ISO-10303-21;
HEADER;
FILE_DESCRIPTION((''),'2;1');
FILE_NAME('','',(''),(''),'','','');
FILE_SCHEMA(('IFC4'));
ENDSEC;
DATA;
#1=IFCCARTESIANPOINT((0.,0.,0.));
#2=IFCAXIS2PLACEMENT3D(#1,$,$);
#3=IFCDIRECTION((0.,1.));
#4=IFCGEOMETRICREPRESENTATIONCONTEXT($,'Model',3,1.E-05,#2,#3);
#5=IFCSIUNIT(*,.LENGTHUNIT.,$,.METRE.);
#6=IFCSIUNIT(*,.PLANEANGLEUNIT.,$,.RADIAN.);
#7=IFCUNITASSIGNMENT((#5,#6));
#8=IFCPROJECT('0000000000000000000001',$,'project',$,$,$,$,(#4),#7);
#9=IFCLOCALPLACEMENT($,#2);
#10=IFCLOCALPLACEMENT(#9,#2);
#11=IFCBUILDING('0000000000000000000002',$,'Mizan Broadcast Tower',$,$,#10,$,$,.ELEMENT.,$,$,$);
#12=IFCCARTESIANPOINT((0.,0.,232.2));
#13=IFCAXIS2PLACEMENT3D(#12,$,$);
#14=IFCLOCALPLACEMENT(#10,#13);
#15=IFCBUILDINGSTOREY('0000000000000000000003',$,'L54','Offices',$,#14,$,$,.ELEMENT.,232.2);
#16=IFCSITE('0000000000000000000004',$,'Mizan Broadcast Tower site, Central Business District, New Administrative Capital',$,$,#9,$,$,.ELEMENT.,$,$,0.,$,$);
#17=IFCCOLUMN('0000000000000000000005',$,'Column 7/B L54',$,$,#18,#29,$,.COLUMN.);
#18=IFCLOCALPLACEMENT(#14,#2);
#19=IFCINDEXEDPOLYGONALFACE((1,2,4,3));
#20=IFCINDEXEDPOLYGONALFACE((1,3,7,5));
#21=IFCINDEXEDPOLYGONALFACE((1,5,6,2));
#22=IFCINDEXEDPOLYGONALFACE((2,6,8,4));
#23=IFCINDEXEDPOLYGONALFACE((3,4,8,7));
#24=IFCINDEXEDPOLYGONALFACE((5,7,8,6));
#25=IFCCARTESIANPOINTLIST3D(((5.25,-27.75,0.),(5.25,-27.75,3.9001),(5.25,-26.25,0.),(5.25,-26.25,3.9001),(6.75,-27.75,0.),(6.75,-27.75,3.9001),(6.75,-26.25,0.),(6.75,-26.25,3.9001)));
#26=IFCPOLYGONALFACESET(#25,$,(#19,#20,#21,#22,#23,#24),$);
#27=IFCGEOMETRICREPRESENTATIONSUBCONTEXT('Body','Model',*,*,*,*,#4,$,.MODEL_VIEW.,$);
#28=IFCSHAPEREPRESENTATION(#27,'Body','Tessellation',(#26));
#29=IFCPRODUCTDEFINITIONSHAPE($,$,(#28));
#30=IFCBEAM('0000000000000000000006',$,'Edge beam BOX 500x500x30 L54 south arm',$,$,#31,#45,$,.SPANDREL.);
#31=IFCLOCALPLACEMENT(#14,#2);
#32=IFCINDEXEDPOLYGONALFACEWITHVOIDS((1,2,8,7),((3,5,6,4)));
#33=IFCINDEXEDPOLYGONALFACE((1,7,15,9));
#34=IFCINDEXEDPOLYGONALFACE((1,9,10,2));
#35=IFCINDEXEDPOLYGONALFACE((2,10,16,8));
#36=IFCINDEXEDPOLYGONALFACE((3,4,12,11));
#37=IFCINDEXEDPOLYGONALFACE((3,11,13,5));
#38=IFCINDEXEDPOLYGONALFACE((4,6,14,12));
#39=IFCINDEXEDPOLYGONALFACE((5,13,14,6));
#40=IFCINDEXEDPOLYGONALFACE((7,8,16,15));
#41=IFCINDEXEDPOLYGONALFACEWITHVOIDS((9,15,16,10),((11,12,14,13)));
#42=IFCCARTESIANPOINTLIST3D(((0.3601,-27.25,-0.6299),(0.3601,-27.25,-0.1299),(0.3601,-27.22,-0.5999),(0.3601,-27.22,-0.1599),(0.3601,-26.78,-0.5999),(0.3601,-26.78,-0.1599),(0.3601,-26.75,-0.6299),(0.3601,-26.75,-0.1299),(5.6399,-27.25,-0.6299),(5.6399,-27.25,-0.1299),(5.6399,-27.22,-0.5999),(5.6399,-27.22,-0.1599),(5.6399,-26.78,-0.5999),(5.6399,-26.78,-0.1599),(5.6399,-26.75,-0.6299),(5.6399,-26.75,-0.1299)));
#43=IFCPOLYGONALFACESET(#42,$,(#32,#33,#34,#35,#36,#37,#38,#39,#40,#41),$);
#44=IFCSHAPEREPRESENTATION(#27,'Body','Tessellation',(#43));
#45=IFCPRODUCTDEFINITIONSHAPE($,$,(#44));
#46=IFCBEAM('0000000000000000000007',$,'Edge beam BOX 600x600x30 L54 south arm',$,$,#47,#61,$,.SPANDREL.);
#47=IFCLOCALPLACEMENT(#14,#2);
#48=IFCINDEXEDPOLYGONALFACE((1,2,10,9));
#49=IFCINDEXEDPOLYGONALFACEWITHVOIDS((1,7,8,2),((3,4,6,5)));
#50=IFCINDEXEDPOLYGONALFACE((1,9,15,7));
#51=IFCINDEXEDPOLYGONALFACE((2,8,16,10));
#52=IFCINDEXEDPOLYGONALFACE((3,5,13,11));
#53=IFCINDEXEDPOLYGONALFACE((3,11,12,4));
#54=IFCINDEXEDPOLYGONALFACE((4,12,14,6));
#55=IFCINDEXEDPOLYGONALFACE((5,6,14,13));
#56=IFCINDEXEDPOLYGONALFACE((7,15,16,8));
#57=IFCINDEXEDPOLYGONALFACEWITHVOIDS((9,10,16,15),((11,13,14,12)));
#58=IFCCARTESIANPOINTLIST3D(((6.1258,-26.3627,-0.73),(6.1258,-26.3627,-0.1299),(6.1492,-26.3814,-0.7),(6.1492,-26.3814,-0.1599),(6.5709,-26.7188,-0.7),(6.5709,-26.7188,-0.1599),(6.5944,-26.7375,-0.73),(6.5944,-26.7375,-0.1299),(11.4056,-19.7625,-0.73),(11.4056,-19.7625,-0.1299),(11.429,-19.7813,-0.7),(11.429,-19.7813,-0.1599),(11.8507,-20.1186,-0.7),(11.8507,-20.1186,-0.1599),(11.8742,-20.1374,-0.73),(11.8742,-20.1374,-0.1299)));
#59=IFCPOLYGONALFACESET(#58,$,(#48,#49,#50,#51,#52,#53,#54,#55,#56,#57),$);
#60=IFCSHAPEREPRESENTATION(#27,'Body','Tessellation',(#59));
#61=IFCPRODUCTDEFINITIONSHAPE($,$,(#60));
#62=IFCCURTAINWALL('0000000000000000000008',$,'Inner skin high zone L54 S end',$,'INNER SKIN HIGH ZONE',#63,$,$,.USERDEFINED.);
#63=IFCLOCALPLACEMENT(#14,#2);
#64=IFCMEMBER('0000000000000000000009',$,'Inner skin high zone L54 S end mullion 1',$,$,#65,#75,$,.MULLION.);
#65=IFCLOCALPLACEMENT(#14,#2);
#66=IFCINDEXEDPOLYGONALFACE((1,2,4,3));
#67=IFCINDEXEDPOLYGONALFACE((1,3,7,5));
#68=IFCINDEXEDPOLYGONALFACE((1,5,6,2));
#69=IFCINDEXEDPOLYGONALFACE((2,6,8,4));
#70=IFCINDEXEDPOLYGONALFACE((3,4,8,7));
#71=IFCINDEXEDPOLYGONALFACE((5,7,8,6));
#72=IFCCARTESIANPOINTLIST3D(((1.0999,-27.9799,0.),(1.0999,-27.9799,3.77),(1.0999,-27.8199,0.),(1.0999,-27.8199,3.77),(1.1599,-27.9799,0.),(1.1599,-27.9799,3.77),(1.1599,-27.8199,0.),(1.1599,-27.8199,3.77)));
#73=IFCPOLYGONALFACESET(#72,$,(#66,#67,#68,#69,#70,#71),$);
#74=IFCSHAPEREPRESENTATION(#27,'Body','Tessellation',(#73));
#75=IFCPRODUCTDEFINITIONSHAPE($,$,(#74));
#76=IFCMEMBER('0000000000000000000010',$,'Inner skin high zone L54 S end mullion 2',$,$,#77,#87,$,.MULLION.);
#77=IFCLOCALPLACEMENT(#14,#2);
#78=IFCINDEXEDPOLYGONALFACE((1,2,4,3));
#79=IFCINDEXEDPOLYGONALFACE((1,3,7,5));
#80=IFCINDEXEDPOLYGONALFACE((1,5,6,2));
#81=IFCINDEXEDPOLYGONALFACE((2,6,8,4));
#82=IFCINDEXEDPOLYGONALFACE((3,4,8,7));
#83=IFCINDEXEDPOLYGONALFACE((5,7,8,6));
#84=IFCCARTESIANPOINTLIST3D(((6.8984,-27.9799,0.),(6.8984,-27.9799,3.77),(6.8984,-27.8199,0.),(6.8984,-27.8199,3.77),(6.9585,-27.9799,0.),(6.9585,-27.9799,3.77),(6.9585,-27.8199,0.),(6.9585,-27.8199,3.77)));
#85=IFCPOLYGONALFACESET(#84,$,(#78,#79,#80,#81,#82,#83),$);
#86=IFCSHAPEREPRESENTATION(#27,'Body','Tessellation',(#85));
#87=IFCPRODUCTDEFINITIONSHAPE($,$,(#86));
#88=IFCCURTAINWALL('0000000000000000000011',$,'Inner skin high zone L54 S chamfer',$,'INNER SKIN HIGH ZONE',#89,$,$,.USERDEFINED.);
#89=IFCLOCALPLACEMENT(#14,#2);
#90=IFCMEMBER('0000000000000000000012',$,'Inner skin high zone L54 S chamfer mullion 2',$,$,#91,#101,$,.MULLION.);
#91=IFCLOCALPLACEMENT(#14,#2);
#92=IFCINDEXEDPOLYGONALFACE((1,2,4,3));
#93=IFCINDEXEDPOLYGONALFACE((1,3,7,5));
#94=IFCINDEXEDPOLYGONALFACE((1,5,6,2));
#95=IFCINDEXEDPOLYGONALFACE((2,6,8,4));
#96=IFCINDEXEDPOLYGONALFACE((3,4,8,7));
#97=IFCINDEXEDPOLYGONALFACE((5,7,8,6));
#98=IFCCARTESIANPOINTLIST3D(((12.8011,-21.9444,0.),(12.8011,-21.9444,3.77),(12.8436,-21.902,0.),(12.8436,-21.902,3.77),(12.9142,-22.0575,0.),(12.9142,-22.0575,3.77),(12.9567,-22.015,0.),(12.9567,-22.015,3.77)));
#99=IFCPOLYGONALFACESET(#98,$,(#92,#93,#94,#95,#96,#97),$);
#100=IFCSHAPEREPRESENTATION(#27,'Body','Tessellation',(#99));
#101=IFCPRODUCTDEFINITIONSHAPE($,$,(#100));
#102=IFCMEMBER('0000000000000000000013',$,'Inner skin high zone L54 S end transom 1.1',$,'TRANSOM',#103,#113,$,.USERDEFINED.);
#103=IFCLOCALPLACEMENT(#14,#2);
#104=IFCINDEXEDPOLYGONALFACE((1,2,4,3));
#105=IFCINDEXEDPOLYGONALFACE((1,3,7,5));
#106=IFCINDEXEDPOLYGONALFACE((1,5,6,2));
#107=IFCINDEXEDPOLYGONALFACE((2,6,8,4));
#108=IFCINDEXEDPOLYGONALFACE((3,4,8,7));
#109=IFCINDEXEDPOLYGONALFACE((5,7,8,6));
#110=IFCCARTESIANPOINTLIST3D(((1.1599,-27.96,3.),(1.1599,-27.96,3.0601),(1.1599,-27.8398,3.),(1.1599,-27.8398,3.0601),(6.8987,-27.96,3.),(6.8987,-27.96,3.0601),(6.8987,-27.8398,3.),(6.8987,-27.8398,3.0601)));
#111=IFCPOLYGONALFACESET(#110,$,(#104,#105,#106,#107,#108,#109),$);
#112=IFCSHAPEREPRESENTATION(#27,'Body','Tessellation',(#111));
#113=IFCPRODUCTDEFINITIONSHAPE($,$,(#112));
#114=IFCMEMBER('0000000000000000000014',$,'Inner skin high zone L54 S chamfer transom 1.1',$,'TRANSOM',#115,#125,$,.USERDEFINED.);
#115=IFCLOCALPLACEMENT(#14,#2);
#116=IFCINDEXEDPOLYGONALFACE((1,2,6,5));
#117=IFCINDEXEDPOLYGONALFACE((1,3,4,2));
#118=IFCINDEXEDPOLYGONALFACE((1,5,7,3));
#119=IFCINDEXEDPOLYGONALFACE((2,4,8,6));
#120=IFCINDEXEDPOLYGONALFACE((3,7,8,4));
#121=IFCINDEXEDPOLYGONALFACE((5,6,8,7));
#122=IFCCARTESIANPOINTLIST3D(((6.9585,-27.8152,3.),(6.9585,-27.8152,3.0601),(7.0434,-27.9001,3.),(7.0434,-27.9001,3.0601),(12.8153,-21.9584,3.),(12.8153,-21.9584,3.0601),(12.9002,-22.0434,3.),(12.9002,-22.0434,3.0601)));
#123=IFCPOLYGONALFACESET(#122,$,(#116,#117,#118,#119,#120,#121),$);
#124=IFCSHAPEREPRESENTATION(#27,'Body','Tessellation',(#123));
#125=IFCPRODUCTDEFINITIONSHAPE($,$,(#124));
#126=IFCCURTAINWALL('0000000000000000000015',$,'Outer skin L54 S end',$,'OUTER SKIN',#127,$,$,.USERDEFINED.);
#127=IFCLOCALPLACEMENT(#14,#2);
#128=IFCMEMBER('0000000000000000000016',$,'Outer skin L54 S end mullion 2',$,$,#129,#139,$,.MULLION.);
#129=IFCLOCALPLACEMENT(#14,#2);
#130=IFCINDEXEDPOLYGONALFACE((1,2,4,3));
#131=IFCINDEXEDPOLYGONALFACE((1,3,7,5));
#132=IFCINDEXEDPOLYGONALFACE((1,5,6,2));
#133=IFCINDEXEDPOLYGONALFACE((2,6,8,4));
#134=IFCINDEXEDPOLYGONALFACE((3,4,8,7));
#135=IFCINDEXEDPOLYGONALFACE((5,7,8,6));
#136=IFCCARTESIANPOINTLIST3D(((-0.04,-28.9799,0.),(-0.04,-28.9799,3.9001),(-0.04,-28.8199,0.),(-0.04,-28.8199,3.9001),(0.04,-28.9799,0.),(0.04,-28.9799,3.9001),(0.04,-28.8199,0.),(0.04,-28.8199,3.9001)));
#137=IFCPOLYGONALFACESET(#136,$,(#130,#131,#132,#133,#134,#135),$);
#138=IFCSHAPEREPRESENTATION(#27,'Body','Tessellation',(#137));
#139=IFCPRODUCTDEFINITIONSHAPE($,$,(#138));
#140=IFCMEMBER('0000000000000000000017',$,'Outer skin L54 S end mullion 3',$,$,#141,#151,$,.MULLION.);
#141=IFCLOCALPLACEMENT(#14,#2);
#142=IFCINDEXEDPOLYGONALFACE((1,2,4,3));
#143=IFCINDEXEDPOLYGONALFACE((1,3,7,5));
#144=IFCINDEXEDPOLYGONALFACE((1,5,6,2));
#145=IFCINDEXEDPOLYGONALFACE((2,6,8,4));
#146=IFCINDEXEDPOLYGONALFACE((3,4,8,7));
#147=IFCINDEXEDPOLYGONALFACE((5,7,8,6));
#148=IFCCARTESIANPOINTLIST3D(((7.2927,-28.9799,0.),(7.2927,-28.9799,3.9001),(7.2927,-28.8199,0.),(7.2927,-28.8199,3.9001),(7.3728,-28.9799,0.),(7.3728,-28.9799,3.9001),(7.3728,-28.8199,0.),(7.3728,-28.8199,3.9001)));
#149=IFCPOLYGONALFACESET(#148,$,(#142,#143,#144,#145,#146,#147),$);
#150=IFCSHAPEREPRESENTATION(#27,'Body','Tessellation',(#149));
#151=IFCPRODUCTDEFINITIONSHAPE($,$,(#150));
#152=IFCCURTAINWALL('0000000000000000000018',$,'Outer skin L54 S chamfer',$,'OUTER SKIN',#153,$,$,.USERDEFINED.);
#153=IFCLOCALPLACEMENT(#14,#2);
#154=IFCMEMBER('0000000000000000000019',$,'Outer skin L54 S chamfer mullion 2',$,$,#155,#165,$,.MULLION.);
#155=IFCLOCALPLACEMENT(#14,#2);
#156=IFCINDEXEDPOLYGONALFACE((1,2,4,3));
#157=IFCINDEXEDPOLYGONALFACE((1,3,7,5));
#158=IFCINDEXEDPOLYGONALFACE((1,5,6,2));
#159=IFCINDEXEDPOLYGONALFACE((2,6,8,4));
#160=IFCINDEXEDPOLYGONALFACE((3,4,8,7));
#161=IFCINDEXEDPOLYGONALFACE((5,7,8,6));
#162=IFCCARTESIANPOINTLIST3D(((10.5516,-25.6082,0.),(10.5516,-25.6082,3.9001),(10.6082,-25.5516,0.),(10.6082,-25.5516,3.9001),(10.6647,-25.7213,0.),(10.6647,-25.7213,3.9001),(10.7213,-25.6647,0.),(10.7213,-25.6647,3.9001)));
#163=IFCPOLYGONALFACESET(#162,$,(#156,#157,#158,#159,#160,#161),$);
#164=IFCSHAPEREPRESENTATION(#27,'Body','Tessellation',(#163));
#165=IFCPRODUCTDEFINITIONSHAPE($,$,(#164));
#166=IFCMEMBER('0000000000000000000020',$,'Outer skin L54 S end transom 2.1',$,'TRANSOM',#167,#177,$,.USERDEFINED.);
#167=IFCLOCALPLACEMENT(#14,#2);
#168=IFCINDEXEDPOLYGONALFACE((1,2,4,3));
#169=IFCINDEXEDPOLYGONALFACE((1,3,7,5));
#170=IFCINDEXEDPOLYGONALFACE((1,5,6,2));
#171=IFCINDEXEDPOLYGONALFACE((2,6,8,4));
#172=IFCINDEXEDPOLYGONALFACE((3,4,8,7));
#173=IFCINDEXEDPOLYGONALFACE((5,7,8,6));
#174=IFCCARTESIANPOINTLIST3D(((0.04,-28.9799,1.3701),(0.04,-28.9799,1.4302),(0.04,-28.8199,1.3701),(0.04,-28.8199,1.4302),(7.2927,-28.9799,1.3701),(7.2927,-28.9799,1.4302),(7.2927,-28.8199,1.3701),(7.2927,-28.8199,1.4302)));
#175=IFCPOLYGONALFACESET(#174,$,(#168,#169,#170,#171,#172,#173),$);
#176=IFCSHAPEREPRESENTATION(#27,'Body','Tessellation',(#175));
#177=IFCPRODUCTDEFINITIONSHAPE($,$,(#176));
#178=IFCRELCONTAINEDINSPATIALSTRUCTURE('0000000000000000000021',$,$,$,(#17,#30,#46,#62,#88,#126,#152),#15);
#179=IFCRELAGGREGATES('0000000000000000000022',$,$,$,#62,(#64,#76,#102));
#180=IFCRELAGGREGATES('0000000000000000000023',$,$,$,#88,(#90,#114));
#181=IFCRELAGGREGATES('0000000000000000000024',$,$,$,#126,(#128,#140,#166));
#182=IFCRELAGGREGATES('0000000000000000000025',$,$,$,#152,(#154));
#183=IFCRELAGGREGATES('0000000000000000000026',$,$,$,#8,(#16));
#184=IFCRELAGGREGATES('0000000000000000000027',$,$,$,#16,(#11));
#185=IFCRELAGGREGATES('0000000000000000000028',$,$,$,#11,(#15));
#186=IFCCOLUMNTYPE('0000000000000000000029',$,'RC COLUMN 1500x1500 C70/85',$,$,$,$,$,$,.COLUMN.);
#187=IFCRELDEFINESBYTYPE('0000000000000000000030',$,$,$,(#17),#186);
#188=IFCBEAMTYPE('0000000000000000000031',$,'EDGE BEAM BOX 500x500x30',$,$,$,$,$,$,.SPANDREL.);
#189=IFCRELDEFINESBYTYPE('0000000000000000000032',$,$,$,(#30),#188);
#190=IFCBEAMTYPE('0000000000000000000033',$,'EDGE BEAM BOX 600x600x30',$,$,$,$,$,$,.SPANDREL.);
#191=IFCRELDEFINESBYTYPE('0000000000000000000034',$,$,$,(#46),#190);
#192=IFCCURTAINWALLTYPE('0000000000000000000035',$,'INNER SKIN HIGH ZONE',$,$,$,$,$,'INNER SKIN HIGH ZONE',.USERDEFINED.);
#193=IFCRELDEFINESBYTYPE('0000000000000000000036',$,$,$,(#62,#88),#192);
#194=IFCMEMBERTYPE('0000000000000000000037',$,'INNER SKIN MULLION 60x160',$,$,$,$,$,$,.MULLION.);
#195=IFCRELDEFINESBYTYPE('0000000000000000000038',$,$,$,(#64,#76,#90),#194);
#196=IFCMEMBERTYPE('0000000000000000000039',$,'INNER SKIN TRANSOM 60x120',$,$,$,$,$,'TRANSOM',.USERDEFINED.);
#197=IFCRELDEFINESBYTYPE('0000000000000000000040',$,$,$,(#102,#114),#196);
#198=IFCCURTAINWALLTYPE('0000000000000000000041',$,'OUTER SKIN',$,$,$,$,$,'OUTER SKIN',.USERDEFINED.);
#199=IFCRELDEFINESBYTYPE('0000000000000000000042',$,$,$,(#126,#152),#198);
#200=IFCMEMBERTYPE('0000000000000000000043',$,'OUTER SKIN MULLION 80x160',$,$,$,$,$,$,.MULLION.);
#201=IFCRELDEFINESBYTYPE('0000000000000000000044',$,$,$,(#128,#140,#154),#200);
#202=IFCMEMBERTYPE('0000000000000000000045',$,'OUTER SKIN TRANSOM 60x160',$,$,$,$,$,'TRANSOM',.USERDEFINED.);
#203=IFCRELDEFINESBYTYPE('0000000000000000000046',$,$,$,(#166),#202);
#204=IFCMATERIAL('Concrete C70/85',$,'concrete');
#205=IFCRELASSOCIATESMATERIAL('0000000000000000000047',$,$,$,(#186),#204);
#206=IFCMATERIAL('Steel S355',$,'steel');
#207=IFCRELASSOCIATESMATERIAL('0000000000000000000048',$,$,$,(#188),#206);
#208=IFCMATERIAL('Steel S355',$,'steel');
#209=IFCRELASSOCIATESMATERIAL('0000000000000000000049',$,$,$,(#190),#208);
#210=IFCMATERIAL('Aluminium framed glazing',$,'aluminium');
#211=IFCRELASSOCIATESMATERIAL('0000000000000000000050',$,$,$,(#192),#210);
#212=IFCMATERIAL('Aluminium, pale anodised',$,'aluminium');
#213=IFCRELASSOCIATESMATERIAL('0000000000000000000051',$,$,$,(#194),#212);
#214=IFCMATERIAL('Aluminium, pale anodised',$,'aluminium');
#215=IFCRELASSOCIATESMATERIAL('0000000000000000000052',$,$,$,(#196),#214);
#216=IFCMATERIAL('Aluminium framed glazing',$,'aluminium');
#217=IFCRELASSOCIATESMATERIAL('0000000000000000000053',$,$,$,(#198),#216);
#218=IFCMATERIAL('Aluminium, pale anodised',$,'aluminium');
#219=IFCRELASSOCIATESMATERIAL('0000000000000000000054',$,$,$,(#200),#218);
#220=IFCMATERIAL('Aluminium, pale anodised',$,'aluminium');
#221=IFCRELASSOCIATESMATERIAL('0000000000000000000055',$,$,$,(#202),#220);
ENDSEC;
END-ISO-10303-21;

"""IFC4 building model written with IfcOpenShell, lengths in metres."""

from ifc_helpers import new_model, si_unit, direction, frame, origin, origin_2d, place, context, subcontext, project, spatial, rectangle, hollow_rectangle, extrude, material, material_profile, profile_set, type_object, element, aggregate, save


model = new_model("IFC4")

# Units and contexts
model_context = context("Model", 3, precision=1e-05, world=origin(), true_north=direction((0.0, 1.0)))
body_context = subcontext(model_context, "Body", "Model", "MODEL_VIEW")
ifc_project = project(units=[si_unit("LENGTHUNIT", "METRE"), si_unit("PLANEANGLEUNIT", "RADIAN")], contexts=[model_context])

# Site, building, storey
site_placement = place(None, origin())
site = spatial("IfcSite", under=ifc_project, at=site_placement, Name="Mizan Broadcast Tower site, Central Business District, New Administrative Capital", CompositionType="ELEMENT", RefElevation=0.0)
building_placement = place(site_placement, origin())
building = spatial("IfcBuilding", under=site, at=building_placement, Name="Mizan Broadcast Tower", CompositionType="ELEMENT")
storey_placement = place(building_placement, frame((0.0, 0.0, 232.2)))
storey = spatial("IfcBuildingStorey", under=building, at=storey_placement, Name="L54", Description="Offices", CompositionType="ELEMENT", Elevation=232.2)

# Column
ifc_material_1 = material(Name="Concrete C70/85", Category="concrete")
ifc_material_profile_1 = material_profile(ifc_material_1, rectangle(XDim=1.5, YDim=1.5, at=origin_2d()), Name="RC 1500x1500")
ifc_profile_set_1 = profile_set([ifc_material_profile_1], Name="Concrete C70/85")
column_type = type_object("IfcColumnType", Name="RC COLUMN 1500x1500 C70/85", PredefinedType="COLUMN", material=ifc_profile_set_1)
column_placement = place(storey_placement, frame((6.0, -27.0, 0.0), z_axis=(0.0, 0.0, 1.0), x_axis=(1.0, 0.0, 0.0)))
element("IfcColumn", 1, at=column_placement, inside=storey, type_object=column_type, Name="Column 7/B L54", PredefinedType="COLUMN", context=body_context, shape_type="SweptSolid", body=[
    extrude(rectangle(XDim=1.5, YDim=1.5, at=origin_2d()), origin(), (0.0, 0.0, 1.0), 3.9001),
])

# Beams
ifc_material_2 = material(Name="Steel S355", Category="steel")
ifc_material_profile_2 = material_profile(ifc_material_2, hollow_rectangle(XDim=0.5, YDim=0.5, WallThickness=0.03, at=origin_2d()), Name="BOX 500x500x30")
ifc_profile_set_2 = profile_set([ifc_material_profile_2], Name="Steel S355")
beam_type_1 = type_object("IfcBeamType", Name="EDGE BEAM BOX 500x500x30", PredefinedType="SPANDREL", material=ifc_profile_set_2)
beam_1_placement = place(storey_placement, frame((5.6399, -27.0, -0.3799), z_axis=(-1.0, 0.0, 0.0), x_axis=(0.0, -1.0, 0.0)))
element("IfcBeam", 2, at=beam_1_placement, inside=storey, type_object=beam_type_1, Name="Edge beam BOX 500x500x30 L54 south arm", PredefinedType="SPANDREL", context=body_context, shape_type="SweptSolid", body=[
    extrude(hollow_rectangle(XDim=0.5, YDim=0.5, WallThickness=0.03, at=origin_2d()), origin(), (0.0, 0.0, 1.0), 5.2798),
])
ifc_material_3 = material(Name="Steel S355", Category="steel")
ifc_material_profile_3 = material_profile(ifc_material_3, hollow_rectangle(XDim=0.6001, YDim=0.6001, WallThickness=0.03, at=origin_2d()), Name="BOX 600x600x30")
ifc_profile_set_3 = profile_set([ifc_material_profile_3], Name="Steel S355")
beam_type_2 = type_object("IfcBeamType", Name="EDGE BEAM BOX 600x600x30", PredefinedType="SPANDREL", material=ifc_profile_set_3)
beam_2_placement = place(storey_placement, frame((11.6399, -19.95, -0.4299), z_axis=(-0.624674, -0.780886, 0.0), x_axis=(0.780886, -0.624674, 0.0)))
element("IfcBeam", 3, at=beam_2_placement, inside=storey, type_object=beam_type_2, Name="Edge beam BOX 600x600x30 L54 south arm", PredefinedType="SPANDREL", context=body_context, shape_type="SweptSolid", body=[
    extrude(hollow_rectangle(XDim=0.6001, YDim=0.6001, WallThickness=0.03, at=origin_2d()), origin(), (0.0, 0.0, 1.0), 8.4521),
])

# Curtain wall, members
ifc_material_4 = material(Name="Aluminium framed glazing", Category="aluminium")
curtain_wall_type_1 = type_object("IfcCurtainWallType", Name="INNER SKIN HIGH ZONE", ElementType="INNER SKIN HIGH ZONE", PredefinedType="USERDEFINED", material=ifc_material_4)
curtain_wall_1_placement = place(storey_placement, origin())
curtain_wall_1 = element("IfcCurtainWall", 4, at=curtain_wall_1_placement, inside=storey, type_object=curtain_wall_type_1, Name="Inner skin high zone L54 S end", ObjectType="INNER SKIN HIGH ZONE", PredefinedType="USERDEFINED")
ifc_material_5 = material(Name="Aluminium, pale anodised", Category="aluminium")
ifc_material_profile_4 = material_profile(ifc_material_5, rectangle(XDim=0.1599, YDim=0.0601, at=origin_2d()), Name="MULLION 160x60")
ifc_profile_set_4 = profile_set([ifc_material_profile_4], Name="Aluminium, pale anodised")
member_type_1 = type_object("IfcMemberType", Name="INNER SKIN MULLION 60x160", PredefinedType="MULLION", material=ifc_profile_set_4)
member_1_placement = place(storey_placement, frame((1.1299, -27.8999, 0.0), z_axis=(0.0, 0.0, 1.0), x_axis=(0.0, 1.0, 0.0)))
member_1 = element("IfcMember", 5, at=member_1_placement, type_object=member_type_1, Name="Inner skin high zone L54 S end mullion 1", PredefinedType="MULLION", context=body_context, shape_type="SweptSolid", body=[
    extrude(rectangle(XDim=0.1599, YDim=0.0601, at=origin_2d()), origin(), (0.0, 0.0, 1.0), 3.77),
])
member_2_placement = place(storey_placement, frame((6.9285, -27.8999, 0.0), z_axis=(0.0, 0.0, 1.0), x_axis=(0.0, 1.0, 0.0)))
member_2 = element("IfcMember", 6, at=member_2_placement, type_object=member_type_1, Name="Inner skin high zone L54 S end mullion 2", PredefinedType="MULLION", context=body_context, shape_type="SweptSolid", body=[
    extrude(rectangle(XDim=0.1599, YDim=0.0601, at=origin_2d()), origin(), (0.0, 0.0, 1.0), 3.77),
])

# Curtain wall, member
curtain_wall_2_placement = place(storey_placement, origin())
curtain_wall_2 = element("IfcCurtainWall", 7, at=curtain_wall_2_placement, inside=storey, type_object=curtain_wall_type_1, Name="Inner skin high zone L54 S chamfer", ObjectType="INNER SKIN HIGH ZONE", PredefinedType="USERDEFINED")
member_3_placement = place(storey_placement, frame((12.8789, -21.9797, 0.0), z_axis=(0.0, 0.0, 1.0), x_axis=(-0.707107, 0.707107, 0.0)))
member_3 = element("IfcMember", 8, at=member_3_placement, type_object=member_type_1, Name="Inner skin high zone L54 S chamfer mullion 2", PredefinedType="MULLION", context=body_context, shape_type="SweptSolid", body=[
    extrude(rectangle(XDim=0.1599, YDim=0.0601, at=origin_2d()), origin(), (0.0, 0.0, 1.0), 3.77),
])

# Members
ifc_material_6 = material(Name="Aluminium, pale anodised", Category="aluminium")
ifc_material_profile_5 = material_profile(ifc_material_6, rectangle(XDim=0.1201, YDim=0.0601, at=origin_2d()), Name="TRANSOM 120x60")
ifc_profile_set_5 = profile_set([ifc_material_profile_5], Name="Aluminium, pale anodised")
member_type_2 = type_object("IfcMemberType", Name="INNER SKIN TRANSOM 60x120", ElementType="TRANSOM", PredefinedType="USERDEFINED", material=ifc_profile_set_5)
member_4_placement = place(storey_placement, frame((1.1599, -27.8999, 3.03), z_axis=(1.0, 0.0, 0.0), x_axis=(0.0, 1.0, 0.0)))
member_4 = element("IfcMember", 9, at=member_4_placement, type_object=member_type_2, Name="Inner skin high zone L54 S end transom 1.1", ObjectType="TRANSOM", PredefinedType="USERDEFINED", context=body_context, shape_type="SweptSolid", body=[
    extrude(rectangle(XDim=0.1201, YDim=0.0601, at=origin_2d()), origin(), (0.0, 0.0, 1.0), 5.7388),
])
member_5_placement = place(storey_placement, frame((7.001, -27.8577, 3.03), z_axis=(0.707107, 0.707107, 0.0), x_axis=(-0.707107, 0.707107, 0.0)))
member_5 = element("IfcMember", 10, at=member_5_placement, type_object=member_type_2, Name="Inner skin high zone L54 S chamfer transom 1.1", ObjectType="TRANSOM", PredefinedType="USERDEFINED", context=body_context, shape_type="SweptSolid", body=[
    extrude(rectangle(XDim=0.1201, YDim=0.0601, at=origin_2d()), origin(), (0.0, 0.0, 1.0), 8.2827),
])

# Curtain wall, members
ifc_material_7 = material(Name="Aluminium framed glazing", Category="aluminium")
curtain_wall_type_2 = type_object("IfcCurtainWallType", Name="OUTER SKIN", ElementType="OUTER SKIN", PredefinedType="USERDEFINED", material=ifc_material_7)
curtain_wall_3_placement = place(storey_placement, origin())
curtain_wall_3 = element("IfcCurtainWall", 11, at=curtain_wall_3_placement, inside=storey, type_object=curtain_wall_type_2, Name="Outer skin L54 S end", ObjectType="OUTER SKIN", PredefinedType="USERDEFINED")
ifc_material_8 = material(Name="Aluminium, pale anodised", Category="aluminium")
ifc_material_profile_6 = material_profile(ifc_material_8, rectangle(XDim=0.1599, YDim=0.0801, at=origin_2d()), Name="MULLION 160x80")
ifc_profile_set_6 = profile_set([ifc_material_profile_6], Name="Aluminium, pale anodised")
member_type_3 = type_object("IfcMemberType", Name="OUTER SKIN MULLION 80x160", PredefinedType="MULLION", material=ifc_profile_set_6)
member_6_placement = place(storey_placement, frame((0.0, -28.8999, 0.0), z_axis=(0.0, 0.0, 1.0), x_axis=(0.0, 1.0, 0.0)))
member_6 = element("IfcMember", 12, at=member_6_placement, type_object=member_type_3, Name="Outer skin L54 S end mullion 2", PredefinedType="MULLION", context=body_context, shape_type="SweptSolid", body=[
    extrude(rectangle(XDim=0.1599, YDim=0.0801, at=origin_2d()), origin(), (0.0, 0.0, 1.0), 3.9001),
])
member_7_placement = place(storey_placement, frame((7.3328, -28.8999, 0.0), z_axis=(0.0, 0.0, 1.0), x_axis=(0.0, 1.0, 0.0)))
member_7 = element("IfcMember", 13, at=member_7_placement, type_object=member_type_3, Name="Outer skin L54 S end mullion 3", PredefinedType="MULLION", context=body_context, shape_type="SweptSolid", body=[
    extrude(rectangle(XDim=0.1599, YDim=0.0801, at=origin_2d()), origin(), (0.0, 0.0, 1.0), 3.9001),
])

# Curtain wall, member
curtain_wall_4_placement = place(storey_placement, origin())
curtain_wall_4 = element("IfcCurtainWall", 14, at=curtain_wall_4_placement, inside=storey, type_object=curtain_wall_type_2, Name="Outer skin L54 S chamfer", ObjectType="OUTER SKIN", PredefinedType="USERDEFINED")
member_8_placement = place(storey_placement, frame((10.6365, -25.6365, 0.0), z_axis=(0.0, 0.0, 1.0), x_axis=(-0.707107, 0.707107, 0.0)))
member_8 = element("IfcMember", 15, at=member_8_placement, type_object=member_type_3, Name="Outer skin L54 S chamfer mullion 2", PredefinedType="MULLION", context=body_context, shape_type="SweptSolid", body=[
    extrude(rectangle(XDim=0.1599, YDim=0.0801, at=origin_2d()), origin(), (0.0, 0.0, 1.0), 3.9001),
])

# Member
ifc_material_9 = material(Name="Aluminium, pale anodised", Category="aluminium")
ifc_material_profile_7 = material_profile(ifc_material_9, rectangle(XDim=0.1599, YDim=0.0601, at=origin_2d()), Name="TRANSOM 160x60")
ifc_profile_set_7 = profile_set([ifc_material_profile_7], Name="Aluminium, pale anodised")
member_type_4 = type_object("IfcMemberType", Name="OUTER SKIN TRANSOM 60x160", ElementType="TRANSOM", PredefinedType="USERDEFINED", material=ifc_profile_set_7)
member_9_placement = place(storey_placement, frame((0.04, -28.8999, 1.4001), z_axis=(1.0, 0.0, 0.0), x_axis=(0.0, 1.0, 0.0)))
member_9 = element("IfcMember", 16, at=member_9_placement, type_object=member_type_4, Name="Outer skin L54 S end transom 2.1", ObjectType="TRANSOM", PredefinedType="USERDEFINED", context=body_context, shape_type="SweptSolid", body=[
    extrude(rectangle(XDim=0.1599, YDim=0.0601, at=origin_2d()), origin(), (0.0, 0.0, 1.0), 7.2527),
])

aggregate(curtain_wall_1, [member_1, member_2, member_4])
aggregate(curtain_wall_2, [member_3, member_5])
aggregate(curtain_wall_3, [member_6, member_7, member_9])
aggregate(curtain_wall_4, [member_8])

save(model, "model.ifc")
